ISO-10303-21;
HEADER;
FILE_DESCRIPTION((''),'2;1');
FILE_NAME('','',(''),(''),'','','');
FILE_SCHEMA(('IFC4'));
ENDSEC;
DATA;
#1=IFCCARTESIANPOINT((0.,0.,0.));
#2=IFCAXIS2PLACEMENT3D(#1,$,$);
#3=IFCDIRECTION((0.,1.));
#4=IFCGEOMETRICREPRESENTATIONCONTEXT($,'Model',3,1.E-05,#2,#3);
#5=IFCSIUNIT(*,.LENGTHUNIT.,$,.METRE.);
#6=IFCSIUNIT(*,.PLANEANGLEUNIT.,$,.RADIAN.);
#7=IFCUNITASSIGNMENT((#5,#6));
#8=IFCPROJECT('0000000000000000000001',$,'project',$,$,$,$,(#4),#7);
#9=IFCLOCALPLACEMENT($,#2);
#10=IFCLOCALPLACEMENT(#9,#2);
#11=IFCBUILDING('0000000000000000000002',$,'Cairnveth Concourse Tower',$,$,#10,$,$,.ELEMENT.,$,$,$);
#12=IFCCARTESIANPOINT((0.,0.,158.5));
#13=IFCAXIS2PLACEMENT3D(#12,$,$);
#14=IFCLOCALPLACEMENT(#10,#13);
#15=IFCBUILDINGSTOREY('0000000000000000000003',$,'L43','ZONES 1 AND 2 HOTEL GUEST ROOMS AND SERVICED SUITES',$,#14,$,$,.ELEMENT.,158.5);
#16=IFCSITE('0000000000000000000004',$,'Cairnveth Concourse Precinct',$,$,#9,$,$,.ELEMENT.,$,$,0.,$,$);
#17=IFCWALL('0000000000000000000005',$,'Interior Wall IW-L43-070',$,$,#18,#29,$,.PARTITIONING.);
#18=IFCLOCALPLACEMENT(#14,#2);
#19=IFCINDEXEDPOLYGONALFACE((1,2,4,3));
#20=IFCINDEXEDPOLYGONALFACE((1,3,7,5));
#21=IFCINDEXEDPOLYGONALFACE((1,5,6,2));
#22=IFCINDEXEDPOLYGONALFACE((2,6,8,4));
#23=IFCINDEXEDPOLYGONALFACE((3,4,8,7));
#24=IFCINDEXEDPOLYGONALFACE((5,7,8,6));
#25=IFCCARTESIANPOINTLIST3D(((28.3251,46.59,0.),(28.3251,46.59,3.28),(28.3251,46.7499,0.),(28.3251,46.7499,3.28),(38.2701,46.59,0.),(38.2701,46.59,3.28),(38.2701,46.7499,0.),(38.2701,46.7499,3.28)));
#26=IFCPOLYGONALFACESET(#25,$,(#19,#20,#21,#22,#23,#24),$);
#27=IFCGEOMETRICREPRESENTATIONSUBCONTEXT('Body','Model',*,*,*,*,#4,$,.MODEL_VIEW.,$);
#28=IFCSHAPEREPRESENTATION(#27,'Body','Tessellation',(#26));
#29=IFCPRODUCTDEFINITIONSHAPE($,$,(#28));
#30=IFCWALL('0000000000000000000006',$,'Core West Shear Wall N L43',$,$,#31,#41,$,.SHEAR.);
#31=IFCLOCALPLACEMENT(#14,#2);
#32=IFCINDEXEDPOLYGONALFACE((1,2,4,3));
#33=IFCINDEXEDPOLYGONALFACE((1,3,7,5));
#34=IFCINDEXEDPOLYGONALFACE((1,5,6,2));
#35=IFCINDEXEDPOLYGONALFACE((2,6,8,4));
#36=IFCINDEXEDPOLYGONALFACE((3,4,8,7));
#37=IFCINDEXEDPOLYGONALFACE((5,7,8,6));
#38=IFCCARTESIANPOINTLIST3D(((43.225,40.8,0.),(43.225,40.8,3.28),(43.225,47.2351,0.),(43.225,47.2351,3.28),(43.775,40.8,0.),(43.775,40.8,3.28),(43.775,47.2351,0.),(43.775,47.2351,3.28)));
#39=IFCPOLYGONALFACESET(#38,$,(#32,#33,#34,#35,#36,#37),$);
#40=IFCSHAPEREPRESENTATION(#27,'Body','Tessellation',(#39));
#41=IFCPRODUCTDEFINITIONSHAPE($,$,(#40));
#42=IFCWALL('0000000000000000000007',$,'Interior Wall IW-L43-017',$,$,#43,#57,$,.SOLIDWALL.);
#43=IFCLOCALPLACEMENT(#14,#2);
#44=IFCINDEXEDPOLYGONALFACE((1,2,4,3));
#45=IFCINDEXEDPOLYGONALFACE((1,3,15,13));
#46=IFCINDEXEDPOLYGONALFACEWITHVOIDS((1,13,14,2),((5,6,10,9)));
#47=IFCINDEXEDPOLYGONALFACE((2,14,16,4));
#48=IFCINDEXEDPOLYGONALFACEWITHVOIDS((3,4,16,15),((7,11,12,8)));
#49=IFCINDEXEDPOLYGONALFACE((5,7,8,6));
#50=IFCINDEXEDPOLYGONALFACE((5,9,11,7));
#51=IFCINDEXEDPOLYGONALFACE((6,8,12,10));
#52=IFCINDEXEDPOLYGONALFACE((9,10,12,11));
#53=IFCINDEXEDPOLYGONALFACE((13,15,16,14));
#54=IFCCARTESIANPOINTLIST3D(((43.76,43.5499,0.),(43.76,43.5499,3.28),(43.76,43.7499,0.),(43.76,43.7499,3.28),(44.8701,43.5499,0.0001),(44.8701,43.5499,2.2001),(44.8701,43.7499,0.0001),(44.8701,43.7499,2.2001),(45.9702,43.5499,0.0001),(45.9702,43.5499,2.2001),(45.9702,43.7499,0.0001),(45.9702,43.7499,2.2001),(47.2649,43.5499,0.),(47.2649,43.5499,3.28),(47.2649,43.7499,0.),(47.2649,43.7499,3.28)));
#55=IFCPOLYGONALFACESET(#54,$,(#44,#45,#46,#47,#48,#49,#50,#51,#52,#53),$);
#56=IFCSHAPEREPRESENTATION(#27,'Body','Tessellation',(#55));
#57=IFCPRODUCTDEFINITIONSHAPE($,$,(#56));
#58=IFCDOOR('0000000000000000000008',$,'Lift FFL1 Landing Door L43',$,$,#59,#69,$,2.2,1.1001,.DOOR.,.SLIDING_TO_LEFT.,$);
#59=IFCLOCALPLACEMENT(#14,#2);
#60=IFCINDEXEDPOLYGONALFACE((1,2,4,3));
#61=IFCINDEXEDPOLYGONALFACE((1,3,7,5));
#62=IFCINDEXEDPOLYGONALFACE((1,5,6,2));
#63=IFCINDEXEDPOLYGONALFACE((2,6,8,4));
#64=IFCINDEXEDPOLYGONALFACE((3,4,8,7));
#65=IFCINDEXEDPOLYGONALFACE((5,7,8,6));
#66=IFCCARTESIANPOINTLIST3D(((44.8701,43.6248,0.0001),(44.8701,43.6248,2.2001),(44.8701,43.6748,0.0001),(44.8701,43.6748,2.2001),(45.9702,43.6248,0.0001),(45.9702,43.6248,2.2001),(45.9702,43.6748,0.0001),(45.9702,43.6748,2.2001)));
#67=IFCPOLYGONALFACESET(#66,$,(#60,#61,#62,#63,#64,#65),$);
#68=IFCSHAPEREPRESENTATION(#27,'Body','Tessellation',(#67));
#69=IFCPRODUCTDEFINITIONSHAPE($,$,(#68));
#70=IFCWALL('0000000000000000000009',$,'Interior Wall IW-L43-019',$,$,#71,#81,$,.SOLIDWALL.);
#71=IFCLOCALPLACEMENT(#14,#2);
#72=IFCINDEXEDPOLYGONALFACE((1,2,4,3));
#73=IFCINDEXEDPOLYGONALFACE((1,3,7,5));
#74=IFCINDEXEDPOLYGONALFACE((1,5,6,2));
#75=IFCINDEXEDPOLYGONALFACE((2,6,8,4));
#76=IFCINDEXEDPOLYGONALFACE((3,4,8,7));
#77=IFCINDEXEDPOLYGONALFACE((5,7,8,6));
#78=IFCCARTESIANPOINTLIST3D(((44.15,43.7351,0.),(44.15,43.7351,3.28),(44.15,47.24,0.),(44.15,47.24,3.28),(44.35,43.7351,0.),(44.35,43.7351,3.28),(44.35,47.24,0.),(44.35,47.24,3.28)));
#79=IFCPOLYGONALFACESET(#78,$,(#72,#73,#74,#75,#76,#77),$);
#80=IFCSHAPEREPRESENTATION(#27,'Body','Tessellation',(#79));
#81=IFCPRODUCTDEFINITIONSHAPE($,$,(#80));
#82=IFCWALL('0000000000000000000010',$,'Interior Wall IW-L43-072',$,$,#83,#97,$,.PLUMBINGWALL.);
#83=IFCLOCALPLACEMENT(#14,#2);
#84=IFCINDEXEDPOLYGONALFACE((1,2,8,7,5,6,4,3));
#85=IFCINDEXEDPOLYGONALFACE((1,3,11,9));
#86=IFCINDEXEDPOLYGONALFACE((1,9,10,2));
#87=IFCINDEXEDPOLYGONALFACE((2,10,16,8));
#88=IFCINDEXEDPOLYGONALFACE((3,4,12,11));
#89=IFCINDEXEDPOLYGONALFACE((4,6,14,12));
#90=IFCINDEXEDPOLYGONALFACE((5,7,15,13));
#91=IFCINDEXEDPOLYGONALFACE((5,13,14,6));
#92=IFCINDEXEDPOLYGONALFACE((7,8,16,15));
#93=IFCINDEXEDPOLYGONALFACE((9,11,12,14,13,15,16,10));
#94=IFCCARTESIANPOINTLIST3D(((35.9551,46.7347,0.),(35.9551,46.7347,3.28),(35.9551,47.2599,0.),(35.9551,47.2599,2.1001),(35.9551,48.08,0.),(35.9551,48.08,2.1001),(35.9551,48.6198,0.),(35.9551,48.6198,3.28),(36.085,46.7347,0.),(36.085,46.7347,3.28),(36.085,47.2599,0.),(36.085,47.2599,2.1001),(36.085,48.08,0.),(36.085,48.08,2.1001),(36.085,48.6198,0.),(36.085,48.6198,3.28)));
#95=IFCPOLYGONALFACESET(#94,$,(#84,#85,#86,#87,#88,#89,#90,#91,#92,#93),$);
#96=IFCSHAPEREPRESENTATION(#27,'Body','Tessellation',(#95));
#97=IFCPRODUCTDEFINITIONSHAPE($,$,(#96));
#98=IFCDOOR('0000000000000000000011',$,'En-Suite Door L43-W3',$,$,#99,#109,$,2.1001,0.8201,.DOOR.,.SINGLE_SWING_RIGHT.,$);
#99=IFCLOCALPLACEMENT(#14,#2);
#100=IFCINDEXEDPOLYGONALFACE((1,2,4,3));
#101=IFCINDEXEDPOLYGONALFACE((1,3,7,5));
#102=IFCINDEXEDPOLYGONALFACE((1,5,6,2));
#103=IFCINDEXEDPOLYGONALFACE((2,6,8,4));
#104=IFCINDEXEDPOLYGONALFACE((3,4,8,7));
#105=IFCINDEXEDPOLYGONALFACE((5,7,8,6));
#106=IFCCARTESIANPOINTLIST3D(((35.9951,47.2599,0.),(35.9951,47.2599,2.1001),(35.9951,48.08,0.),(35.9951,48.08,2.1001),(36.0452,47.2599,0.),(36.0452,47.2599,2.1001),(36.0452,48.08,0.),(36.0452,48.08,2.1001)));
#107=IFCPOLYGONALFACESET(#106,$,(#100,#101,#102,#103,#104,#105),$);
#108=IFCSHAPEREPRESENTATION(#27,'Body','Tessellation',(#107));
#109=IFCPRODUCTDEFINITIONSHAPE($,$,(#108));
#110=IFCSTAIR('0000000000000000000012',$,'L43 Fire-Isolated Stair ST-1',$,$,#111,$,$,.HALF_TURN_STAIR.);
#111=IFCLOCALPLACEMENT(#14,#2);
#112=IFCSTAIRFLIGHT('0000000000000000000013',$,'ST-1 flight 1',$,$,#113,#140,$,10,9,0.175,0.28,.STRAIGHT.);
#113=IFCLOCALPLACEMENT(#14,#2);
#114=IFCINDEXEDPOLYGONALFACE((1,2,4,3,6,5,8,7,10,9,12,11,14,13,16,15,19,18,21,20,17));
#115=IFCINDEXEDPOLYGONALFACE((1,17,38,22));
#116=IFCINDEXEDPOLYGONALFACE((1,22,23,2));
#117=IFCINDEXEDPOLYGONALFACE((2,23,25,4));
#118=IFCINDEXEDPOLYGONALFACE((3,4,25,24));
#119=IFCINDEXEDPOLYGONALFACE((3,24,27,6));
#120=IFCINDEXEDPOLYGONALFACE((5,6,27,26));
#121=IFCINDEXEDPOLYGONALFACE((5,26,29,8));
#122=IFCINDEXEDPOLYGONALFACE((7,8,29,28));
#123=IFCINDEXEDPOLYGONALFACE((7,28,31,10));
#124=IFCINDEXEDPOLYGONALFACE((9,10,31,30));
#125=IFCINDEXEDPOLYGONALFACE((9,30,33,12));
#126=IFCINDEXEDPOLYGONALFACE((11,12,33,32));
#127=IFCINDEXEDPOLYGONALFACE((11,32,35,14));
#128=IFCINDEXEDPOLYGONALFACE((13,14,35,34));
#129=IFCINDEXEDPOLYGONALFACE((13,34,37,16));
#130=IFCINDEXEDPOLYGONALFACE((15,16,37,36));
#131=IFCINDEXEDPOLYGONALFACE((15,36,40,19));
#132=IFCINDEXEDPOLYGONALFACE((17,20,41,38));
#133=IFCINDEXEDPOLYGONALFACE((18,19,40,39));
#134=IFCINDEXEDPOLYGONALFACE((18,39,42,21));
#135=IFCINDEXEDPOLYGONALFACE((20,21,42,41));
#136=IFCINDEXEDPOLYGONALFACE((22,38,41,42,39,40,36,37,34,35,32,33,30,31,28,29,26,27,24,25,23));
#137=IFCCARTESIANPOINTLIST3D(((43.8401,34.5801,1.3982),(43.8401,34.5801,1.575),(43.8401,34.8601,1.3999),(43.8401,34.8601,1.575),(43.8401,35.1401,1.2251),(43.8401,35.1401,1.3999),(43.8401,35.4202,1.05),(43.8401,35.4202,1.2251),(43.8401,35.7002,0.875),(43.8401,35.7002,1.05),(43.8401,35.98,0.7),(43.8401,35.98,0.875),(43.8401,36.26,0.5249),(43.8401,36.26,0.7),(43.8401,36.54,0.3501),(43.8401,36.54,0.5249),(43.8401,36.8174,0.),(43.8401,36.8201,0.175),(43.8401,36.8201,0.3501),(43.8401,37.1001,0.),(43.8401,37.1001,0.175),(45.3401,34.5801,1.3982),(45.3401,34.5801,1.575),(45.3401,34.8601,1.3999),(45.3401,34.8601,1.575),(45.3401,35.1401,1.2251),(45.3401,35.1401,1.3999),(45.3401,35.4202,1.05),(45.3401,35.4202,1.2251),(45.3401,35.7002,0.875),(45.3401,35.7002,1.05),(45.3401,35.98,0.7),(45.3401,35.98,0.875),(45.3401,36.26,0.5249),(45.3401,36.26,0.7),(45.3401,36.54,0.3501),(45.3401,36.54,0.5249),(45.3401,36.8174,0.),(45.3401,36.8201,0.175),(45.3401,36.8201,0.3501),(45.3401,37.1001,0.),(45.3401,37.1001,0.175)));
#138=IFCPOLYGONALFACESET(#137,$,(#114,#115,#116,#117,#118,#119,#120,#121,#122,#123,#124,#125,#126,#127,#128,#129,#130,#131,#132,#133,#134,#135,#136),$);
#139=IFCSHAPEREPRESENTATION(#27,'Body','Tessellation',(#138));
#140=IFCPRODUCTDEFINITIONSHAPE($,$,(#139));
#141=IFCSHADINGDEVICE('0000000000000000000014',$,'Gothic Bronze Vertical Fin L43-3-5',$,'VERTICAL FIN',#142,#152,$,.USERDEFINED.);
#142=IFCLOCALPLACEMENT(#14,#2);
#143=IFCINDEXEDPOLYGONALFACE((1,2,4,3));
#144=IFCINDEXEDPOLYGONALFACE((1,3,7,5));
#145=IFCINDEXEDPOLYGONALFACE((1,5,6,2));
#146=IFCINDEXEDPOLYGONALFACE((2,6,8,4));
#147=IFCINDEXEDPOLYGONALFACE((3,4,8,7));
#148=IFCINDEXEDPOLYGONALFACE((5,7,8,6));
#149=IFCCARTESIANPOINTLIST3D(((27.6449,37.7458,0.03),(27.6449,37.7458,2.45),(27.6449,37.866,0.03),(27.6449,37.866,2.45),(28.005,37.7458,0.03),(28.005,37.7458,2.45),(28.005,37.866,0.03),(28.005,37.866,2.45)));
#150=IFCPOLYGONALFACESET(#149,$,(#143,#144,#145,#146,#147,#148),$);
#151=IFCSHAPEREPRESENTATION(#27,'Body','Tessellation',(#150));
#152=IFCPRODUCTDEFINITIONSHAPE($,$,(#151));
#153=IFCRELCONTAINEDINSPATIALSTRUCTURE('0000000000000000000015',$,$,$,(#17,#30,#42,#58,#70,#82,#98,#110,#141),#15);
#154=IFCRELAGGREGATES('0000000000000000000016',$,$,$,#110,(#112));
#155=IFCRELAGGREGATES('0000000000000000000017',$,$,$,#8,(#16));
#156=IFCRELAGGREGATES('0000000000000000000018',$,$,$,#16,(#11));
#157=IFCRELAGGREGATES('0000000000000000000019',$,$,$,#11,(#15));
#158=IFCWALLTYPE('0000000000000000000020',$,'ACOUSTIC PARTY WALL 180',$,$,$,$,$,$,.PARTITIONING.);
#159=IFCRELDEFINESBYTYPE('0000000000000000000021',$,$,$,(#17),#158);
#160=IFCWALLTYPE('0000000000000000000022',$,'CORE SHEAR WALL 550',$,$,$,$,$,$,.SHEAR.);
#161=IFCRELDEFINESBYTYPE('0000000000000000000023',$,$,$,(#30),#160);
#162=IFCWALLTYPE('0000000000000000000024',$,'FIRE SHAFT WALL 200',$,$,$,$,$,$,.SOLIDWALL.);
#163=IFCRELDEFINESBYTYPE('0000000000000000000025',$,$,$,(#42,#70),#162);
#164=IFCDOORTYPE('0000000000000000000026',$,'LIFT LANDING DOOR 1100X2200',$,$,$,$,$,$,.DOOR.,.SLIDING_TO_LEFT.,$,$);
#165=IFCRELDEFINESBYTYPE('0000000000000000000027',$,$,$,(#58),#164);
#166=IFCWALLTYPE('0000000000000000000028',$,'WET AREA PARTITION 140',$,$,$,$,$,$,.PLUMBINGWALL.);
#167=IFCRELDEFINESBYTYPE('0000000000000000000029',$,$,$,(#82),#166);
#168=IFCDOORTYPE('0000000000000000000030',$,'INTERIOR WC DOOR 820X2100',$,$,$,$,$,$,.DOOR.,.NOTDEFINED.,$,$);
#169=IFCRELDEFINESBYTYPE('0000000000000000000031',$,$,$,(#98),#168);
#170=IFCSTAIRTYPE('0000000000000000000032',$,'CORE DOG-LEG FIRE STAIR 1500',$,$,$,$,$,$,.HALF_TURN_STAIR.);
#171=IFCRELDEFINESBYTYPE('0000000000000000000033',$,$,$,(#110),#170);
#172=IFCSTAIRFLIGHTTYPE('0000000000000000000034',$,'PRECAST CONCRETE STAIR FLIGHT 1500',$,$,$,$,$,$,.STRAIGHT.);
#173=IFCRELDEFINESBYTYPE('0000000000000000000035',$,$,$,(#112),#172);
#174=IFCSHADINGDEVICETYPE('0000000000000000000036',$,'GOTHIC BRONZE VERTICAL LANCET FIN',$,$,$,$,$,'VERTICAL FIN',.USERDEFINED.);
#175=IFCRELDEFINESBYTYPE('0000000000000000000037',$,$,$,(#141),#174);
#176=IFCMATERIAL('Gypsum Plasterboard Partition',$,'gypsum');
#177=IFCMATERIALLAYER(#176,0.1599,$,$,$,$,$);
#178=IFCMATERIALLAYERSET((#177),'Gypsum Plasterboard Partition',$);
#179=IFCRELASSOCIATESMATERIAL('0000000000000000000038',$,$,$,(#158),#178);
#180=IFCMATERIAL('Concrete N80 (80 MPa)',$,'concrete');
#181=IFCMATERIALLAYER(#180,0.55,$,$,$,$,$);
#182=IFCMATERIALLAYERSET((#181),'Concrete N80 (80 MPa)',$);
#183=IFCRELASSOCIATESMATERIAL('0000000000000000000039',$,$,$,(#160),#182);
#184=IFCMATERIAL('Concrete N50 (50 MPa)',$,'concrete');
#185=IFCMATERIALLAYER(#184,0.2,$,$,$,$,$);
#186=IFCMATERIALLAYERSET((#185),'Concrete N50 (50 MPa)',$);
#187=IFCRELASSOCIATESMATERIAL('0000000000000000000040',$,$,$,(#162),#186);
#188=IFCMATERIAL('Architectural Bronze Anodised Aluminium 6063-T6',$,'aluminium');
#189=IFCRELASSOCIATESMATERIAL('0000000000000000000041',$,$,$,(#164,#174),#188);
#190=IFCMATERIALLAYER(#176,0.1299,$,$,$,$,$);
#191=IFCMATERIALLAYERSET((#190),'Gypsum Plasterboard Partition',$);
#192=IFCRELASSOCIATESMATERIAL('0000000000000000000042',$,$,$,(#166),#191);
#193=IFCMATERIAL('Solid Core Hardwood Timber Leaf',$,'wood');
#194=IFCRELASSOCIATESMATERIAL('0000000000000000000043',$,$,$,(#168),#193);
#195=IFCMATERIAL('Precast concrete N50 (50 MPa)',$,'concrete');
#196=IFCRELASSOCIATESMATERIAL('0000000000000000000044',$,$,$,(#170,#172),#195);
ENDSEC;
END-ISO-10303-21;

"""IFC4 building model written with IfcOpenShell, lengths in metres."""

from ifc_helpers import new_model, si_unit, direction, frame, frame_2d, origin, origin_2d, place, context, subcontext, project, spatial, polyline, rectangle, outline, extrude, material, layer, layer_set, type_object, element, fill, aggregate, save


model = new_model("IFC4")

# Units and contexts
model_context = context("Model", 3, precision=1e-05, world=origin(), true_north=direction((0.0, 1.0)))
body_context = subcontext(model_context, "Body", "Model", "MODEL_VIEW")
ifc_project = project(units=[si_unit("LENGTHUNIT", "METRE"), si_unit("PLANEANGLEUNIT", "RADIAN")], contexts=[model_context])

# Site, building, storey
site_placement = place(None, origin())
site = spatial("IfcSite", under=ifc_project, at=site_placement, Name="Cairnveth Concourse Precinct", CompositionType="ELEMENT", RefElevation=0.0)
building_placement = place(site_placement, origin())
building = spatial("IfcBuilding", under=site, at=building_placement, Name="Cairnveth Concourse Tower", CompositionType="ELEMENT")
storey_placement = place(building_placement, frame((0.0, 0.0, 158.5)))
storey = spatial("IfcBuildingStorey", under=building, at=storey_placement, Name="L43", Description="ZONES 1 AND 2 HOTEL GUEST ROOMS AND SERVICED SUITES", CompositionType="ELEMENT", Elevation=158.5)

# Walls
ifc_material_1 = material(Name="Gypsum Plasterboard Partition", Category="gypsum")
ifc_layer_1 = layer(ifc_material_1, 0.1599)
ifc_layer_set_1 = layer_set([ifc_layer_1], Name="Gypsum Plasterboard Partition")
wall_type_1 = type_object("IfcWallType", Name="ACOUSTIC PARTY WALL 180", PredefinedType="PARTITIONING", material=ifc_layer_set_1)
wall_1_placement = place(storey_placement, frame((28.325, 46.6699, 0.0), z_axis=(0.0, 0.0, 1.0), x_axis=(1.0, 0.0, 0.0)))
element("IfcWall", 1, at=wall_1_placement, inside=storey, type_object=wall_type_1, Name="Interior Wall IW-L43-070", PredefinedType="PARTITIONING", context=body_context, shape_type="SweptSolid", body=[
    extrude(rectangle(XDim=9.9451, YDim=0.1599, at=frame_2d((4.9727, 0.0))), origin(), (0.0, 0.0, 1.0), 3.28),
])
ifc_material_2 = material(Name="Concrete N80 (80 MPa)", Category="concrete")
ifc_layer_2 = layer(ifc_material_2, 0.55)
ifc_layer_set_2 = layer_set([ifc_layer_2], Name="Concrete N80 (80 MPa)")
wall_type_2 = type_object("IfcWallType", Name="CORE SHEAR WALL 550", PredefinedType="SHEAR", material=ifc_layer_set_2)
wall_2_placement = place(storey_placement, frame((43.5, 40.8, 0.0), z_axis=(0.0, 0.0, 1.0), x_axis=(0.0, 1.0, 0.0)))
element("IfcWall", 2, at=wall_2_placement, inside=storey, type_object=wall_type_2, Name="Core West Shear Wall N L43", PredefinedType="SHEAR", context=body_context, shape_type="SweptSolid", body=[
    extrude(rectangle(XDim=6.4351, YDim=0.55, at=frame_2d((3.2175, 0.0))), origin(), (0.0, 0.0, 1.0), 3.28),
])

# Wall, opening, door
ifc_material_3 = material(Name="Concrete N50 (50 MPa)", Category="concrete")
ifc_layer_3 = layer(ifc_material_3, 0.2)
ifc_layer_set_3 = layer_set([ifc_layer_3], Name="Concrete N50 (50 MPa)")
wall_type_3 = type_object("IfcWallType", Name="FIRE SHAFT WALL 200", PredefinedType="SOLIDWALL", material=ifc_layer_set_3)
wall_3_placement = place(storey_placement, frame((43.76, 43.6499, 0.0), z_axis=(0.0, 0.0, 1.0), x_axis=(1.0, 0.0, 0.0)))
wall_3 = element("IfcWall", 3, at=wall_3_placement, inside=storey, type_object=wall_type_3, Name="Interior Wall IW-L43-017", PredefinedType="SOLIDWALL", context=body_context, shape_type="SweptSolid", body=[
    extrude(rectangle(XDim=3.5049, YDim=0.2, at=frame_2d((1.7524, 0.0))), origin(), (0.0, 0.0, 1.0), 3.28),
])
opening_1_placement = place(wall_3_placement, frame((1.1101, 0.0, 0.0)))
opening_1 = element("IfcOpeningElement", 4, at=opening_1_placement, cuts=wall_3, PredefinedType="OPENING", context=body_context, shape_type="SweptSolid", body=[
    extrude(rectangle(XDim=1.1001, YDim=2.2, at=frame_2d((0.55, 1.1001))), frame((0.0, 0.1099, 0.0), z_axis=(0.0, -1.0, 0.0), x_axis=(1.0, 0.0, 0.0)), (0.0, 0.0, 1.0), 0.22),
])
ifc_material_4 = material(Name="Architectural Bronze Anodised Aluminium 6063-T6", Category="aluminium")
door_type_1 = type_object("IfcDoorType", Name="LIFT LANDING DOOR 1100X2200", OperationType="SLIDING_TO_LEFT", PredefinedType="DOOR", material=ifc_material_4)
door_1_placement = place(opening_1_placement, origin())
door_1 = element("IfcDoor", 5, at=door_1_placement, inside=storey, type_object=door_type_1, Name="Lift FFL1 Landing Door L43", OperationType="SLIDING_TO_LEFT", OverallHeight=2.2, OverallWidth=1.1001, PredefinedType="DOOR", context=body_context, shape_type="SweptSolid", body=[
    extrude(rectangle(XDim=1.1001, YDim=2.2, at=frame_2d((0.55, 1.1001))), frame((0.0, 0.0249, 0.0), z_axis=(0.0, -1.0, 0.0), x_axis=(1.0, 0.0, 0.0)), (0.0, 0.0, 1.0), 0.05),
])
fill(opening_1, door_1)

# Wall
wall_4_placement = place(storey_placement, frame((44.25, 43.7351, 0.0), z_axis=(0.0, 0.0, 1.0), x_axis=(0.0, 1.0, 0.0)))
element("IfcWall", 6, at=wall_4_placement, inside=storey, type_object=wall_type_3, Name="Interior Wall IW-L43-019", PredefinedType="SOLIDWALL", context=body_context, shape_type="SweptSolid", body=[
    extrude(rectangle(XDim=3.5049, YDim=0.2, at=frame_2d((1.7524, 0.0))), origin(), (0.0, 0.0, 1.0), 3.28),
])

# Wall, opening, door
ifc_layer_4 = layer(ifc_material_1, 0.1299)
ifc_layer_set_4 = layer_set([ifc_layer_4], Name="Gypsum Plasterboard Partition")
wall_type_4 = type_object("IfcWallType", Name="WET AREA PARTITION 140", PredefinedType="PLUMBINGWALL", material=ifc_layer_set_4)
wall_5_placement = place(storey_placement, frame((36.02, 46.7349, 0.0), z_axis=(0.0, 0.0, 1.0), x_axis=(0.0, 1.0, 0.0)))
wall_5 = element("IfcWall", 7, at=wall_5_placement, inside=storey, type_object=wall_type_4, Name="Interior Wall IW-L43-072", PredefinedType="PLUMBINGWALL", context=body_context, shape_type="SweptSolid", body=[
    extrude(rectangle(XDim=1.885, YDim=0.1299, at=frame_2d((0.9424, 0.0))), origin(), (0.0, 0.0, 1.0), 3.28),
])
opening_2_placement = place(wall_5_placement, frame((0.5249, 0.0, 0.0)))
opening_2 = element("IfcOpeningElement", 8, at=opening_2_placement, cuts=wall_5, PredefinedType="OPENING", context=body_context, shape_type="SweptSolid", body=[
    extrude(rectangle(XDim=0.8201, YDim=2.1001, at=frame_2d((0.4102, 1.05))), frame((0.0, 0.075, 0.0), z_axis=(0.0, -1.0, 0.0), x_axis=(1.0, 0.0, 0.0)), (0.0, 0.0, 1.0), 0.1499),
])
ifc_material_5 = material(Name="Solid Core Hardwood Timber Leaf", Category="wood")
door_type_2 = type_object("IfcDoorType", Name="INTERIOR WC DOOR 820X2100", OperationType="NOTDEFINED", PredefinedType="DOOR", material=ifc_material_5)
door_2_placement = place(opening_2_placement, origin())
door_2 = element("IfcDoor", 9, at=door_2_placement, inside=storey, type_object=door_type_2, Name="En-Suite Door L43-W3", OperationType="SINGLE_SWING_RIGHT", OverallHeight=2.1001, OverallWidth=0.8201, PredefinedType="DOOR", context=body_context, shape_type="SweptSolid", body=[
    extrude(rectangle(XDim=0.8201, YDim=2.1001, at=frame_2d((0.4102, 1.05))), frame((0.0, 0.0249, 0.0), z_axis=(0.0, -1.0, 0.0), x_axis=(1.0, 0.0, 0.0)), (0.0, 0.0, 1.0), 0.05),
])
fill(opening_2, door_2)

# Stair, stair flight
ifc_material_6 = material(Name="Precast concrete N50 (50 MPa)", Category="concrete")
stair_type = type_object("IfcStairType", Name="CORE DOG-LEG FIRE STAIR 1500", PredefinedType="HALF_TURN_STAIR", material=ifc_material_6)
stair_placement = place(storey_placement, origin())
stair = element("IfcStair", 10, at=stair_placement, inside=storey, type_object=stair_type, Name="L43 Fire-Isolated Stair ST-1", PredefinedType="HALF_TURN_STAIR")
stair_flight_type = type_object("IfcStairFlightType", Name="PRECAST CONCRETE STAIR FLIGHT 1500", PredefinedType="STRAIGHT", material=ifc_material_6)
stair_flight_placement = place(storey_placement, frame((44.5901, 37.1001, 0.0), z_axis=(0.0, 0.0, 1.0), x_axis=(0.0, -1.0, 0.0)))
stair_flight = element("IfcStairFlight", 11, at=stair_flight_placement, type_object=stair_flight_type, Name="ST-1 flight 1", NumberOfRisers=10, NumberOfTreads=9, PredefinedType="STRAIGHT", RiserHeight=0.175, TreadLength=0.28, context=body_context, shape_type="SweptSolid", body=[
    extrude(outline(polyline([(0.0, 0.0), (0.0, 0.175), (0.28, 0.175), (0.28, 0.3501), (0.5601, 0.3501), (0.5601, 0.5249), (0.8401, 0.5249), (0.8401, 0.7), (1.1201, 0.7), (1.1201, 0.875), (1.3999, 0.875), (1.3999, 1.05), (1.6799, 1.05), (1.6799, 1.2251), (1.96, 1.2251), (1.96, 1.3999), (2.24, 1.3999), (2.24, 1.575), (2.52, 1.575), (2.52, 1.75), (2.52, 1.3982), (0.2827, 0.0), (0.0, 0.0)])), frame((0.0, 0.75, 0.0), z_axis=(0.0, -1.0, 0.0), x_axis=(1.0, 0.0, 0.0)), (0.0, 0.0, 1.0), 1.5),
])
aggregate(stair, [stair_flight])

# Shading device
shading_device_type = type_object("IfcShadingDeviceType", Name="GOTHIC BRONZE VERTICAL LANCET FIN", ElementType="VERTICAL FIN", PredefinedType="USERDEFINED", material=ifc_material_4)
shading_device_placement = place(storey_placement, frame((27.825, 37.8059, 0.03), z_axis=(0.0, 0.0, 1.0), x_axis=(0.0, 1.0, 0.0)))
element("IfcShadingDevice", 12, at=shading_device_placement, inside=storey, type_object=shading_device_type, Name="Gothic Bronze Vertical Fin L43-3-5", ObjectType="VERTICAL FIN", PredefinedType="USERDEFINED", context=body_context, shape_type="SweptSolid", body=[
    extrude(rectangle(XDim=0.1201, YDim=0.3601, at=origin_2d()), origin(), (0.0, 0.0, 1.0), 2.4199),
])

save(model, "model.ifc")
